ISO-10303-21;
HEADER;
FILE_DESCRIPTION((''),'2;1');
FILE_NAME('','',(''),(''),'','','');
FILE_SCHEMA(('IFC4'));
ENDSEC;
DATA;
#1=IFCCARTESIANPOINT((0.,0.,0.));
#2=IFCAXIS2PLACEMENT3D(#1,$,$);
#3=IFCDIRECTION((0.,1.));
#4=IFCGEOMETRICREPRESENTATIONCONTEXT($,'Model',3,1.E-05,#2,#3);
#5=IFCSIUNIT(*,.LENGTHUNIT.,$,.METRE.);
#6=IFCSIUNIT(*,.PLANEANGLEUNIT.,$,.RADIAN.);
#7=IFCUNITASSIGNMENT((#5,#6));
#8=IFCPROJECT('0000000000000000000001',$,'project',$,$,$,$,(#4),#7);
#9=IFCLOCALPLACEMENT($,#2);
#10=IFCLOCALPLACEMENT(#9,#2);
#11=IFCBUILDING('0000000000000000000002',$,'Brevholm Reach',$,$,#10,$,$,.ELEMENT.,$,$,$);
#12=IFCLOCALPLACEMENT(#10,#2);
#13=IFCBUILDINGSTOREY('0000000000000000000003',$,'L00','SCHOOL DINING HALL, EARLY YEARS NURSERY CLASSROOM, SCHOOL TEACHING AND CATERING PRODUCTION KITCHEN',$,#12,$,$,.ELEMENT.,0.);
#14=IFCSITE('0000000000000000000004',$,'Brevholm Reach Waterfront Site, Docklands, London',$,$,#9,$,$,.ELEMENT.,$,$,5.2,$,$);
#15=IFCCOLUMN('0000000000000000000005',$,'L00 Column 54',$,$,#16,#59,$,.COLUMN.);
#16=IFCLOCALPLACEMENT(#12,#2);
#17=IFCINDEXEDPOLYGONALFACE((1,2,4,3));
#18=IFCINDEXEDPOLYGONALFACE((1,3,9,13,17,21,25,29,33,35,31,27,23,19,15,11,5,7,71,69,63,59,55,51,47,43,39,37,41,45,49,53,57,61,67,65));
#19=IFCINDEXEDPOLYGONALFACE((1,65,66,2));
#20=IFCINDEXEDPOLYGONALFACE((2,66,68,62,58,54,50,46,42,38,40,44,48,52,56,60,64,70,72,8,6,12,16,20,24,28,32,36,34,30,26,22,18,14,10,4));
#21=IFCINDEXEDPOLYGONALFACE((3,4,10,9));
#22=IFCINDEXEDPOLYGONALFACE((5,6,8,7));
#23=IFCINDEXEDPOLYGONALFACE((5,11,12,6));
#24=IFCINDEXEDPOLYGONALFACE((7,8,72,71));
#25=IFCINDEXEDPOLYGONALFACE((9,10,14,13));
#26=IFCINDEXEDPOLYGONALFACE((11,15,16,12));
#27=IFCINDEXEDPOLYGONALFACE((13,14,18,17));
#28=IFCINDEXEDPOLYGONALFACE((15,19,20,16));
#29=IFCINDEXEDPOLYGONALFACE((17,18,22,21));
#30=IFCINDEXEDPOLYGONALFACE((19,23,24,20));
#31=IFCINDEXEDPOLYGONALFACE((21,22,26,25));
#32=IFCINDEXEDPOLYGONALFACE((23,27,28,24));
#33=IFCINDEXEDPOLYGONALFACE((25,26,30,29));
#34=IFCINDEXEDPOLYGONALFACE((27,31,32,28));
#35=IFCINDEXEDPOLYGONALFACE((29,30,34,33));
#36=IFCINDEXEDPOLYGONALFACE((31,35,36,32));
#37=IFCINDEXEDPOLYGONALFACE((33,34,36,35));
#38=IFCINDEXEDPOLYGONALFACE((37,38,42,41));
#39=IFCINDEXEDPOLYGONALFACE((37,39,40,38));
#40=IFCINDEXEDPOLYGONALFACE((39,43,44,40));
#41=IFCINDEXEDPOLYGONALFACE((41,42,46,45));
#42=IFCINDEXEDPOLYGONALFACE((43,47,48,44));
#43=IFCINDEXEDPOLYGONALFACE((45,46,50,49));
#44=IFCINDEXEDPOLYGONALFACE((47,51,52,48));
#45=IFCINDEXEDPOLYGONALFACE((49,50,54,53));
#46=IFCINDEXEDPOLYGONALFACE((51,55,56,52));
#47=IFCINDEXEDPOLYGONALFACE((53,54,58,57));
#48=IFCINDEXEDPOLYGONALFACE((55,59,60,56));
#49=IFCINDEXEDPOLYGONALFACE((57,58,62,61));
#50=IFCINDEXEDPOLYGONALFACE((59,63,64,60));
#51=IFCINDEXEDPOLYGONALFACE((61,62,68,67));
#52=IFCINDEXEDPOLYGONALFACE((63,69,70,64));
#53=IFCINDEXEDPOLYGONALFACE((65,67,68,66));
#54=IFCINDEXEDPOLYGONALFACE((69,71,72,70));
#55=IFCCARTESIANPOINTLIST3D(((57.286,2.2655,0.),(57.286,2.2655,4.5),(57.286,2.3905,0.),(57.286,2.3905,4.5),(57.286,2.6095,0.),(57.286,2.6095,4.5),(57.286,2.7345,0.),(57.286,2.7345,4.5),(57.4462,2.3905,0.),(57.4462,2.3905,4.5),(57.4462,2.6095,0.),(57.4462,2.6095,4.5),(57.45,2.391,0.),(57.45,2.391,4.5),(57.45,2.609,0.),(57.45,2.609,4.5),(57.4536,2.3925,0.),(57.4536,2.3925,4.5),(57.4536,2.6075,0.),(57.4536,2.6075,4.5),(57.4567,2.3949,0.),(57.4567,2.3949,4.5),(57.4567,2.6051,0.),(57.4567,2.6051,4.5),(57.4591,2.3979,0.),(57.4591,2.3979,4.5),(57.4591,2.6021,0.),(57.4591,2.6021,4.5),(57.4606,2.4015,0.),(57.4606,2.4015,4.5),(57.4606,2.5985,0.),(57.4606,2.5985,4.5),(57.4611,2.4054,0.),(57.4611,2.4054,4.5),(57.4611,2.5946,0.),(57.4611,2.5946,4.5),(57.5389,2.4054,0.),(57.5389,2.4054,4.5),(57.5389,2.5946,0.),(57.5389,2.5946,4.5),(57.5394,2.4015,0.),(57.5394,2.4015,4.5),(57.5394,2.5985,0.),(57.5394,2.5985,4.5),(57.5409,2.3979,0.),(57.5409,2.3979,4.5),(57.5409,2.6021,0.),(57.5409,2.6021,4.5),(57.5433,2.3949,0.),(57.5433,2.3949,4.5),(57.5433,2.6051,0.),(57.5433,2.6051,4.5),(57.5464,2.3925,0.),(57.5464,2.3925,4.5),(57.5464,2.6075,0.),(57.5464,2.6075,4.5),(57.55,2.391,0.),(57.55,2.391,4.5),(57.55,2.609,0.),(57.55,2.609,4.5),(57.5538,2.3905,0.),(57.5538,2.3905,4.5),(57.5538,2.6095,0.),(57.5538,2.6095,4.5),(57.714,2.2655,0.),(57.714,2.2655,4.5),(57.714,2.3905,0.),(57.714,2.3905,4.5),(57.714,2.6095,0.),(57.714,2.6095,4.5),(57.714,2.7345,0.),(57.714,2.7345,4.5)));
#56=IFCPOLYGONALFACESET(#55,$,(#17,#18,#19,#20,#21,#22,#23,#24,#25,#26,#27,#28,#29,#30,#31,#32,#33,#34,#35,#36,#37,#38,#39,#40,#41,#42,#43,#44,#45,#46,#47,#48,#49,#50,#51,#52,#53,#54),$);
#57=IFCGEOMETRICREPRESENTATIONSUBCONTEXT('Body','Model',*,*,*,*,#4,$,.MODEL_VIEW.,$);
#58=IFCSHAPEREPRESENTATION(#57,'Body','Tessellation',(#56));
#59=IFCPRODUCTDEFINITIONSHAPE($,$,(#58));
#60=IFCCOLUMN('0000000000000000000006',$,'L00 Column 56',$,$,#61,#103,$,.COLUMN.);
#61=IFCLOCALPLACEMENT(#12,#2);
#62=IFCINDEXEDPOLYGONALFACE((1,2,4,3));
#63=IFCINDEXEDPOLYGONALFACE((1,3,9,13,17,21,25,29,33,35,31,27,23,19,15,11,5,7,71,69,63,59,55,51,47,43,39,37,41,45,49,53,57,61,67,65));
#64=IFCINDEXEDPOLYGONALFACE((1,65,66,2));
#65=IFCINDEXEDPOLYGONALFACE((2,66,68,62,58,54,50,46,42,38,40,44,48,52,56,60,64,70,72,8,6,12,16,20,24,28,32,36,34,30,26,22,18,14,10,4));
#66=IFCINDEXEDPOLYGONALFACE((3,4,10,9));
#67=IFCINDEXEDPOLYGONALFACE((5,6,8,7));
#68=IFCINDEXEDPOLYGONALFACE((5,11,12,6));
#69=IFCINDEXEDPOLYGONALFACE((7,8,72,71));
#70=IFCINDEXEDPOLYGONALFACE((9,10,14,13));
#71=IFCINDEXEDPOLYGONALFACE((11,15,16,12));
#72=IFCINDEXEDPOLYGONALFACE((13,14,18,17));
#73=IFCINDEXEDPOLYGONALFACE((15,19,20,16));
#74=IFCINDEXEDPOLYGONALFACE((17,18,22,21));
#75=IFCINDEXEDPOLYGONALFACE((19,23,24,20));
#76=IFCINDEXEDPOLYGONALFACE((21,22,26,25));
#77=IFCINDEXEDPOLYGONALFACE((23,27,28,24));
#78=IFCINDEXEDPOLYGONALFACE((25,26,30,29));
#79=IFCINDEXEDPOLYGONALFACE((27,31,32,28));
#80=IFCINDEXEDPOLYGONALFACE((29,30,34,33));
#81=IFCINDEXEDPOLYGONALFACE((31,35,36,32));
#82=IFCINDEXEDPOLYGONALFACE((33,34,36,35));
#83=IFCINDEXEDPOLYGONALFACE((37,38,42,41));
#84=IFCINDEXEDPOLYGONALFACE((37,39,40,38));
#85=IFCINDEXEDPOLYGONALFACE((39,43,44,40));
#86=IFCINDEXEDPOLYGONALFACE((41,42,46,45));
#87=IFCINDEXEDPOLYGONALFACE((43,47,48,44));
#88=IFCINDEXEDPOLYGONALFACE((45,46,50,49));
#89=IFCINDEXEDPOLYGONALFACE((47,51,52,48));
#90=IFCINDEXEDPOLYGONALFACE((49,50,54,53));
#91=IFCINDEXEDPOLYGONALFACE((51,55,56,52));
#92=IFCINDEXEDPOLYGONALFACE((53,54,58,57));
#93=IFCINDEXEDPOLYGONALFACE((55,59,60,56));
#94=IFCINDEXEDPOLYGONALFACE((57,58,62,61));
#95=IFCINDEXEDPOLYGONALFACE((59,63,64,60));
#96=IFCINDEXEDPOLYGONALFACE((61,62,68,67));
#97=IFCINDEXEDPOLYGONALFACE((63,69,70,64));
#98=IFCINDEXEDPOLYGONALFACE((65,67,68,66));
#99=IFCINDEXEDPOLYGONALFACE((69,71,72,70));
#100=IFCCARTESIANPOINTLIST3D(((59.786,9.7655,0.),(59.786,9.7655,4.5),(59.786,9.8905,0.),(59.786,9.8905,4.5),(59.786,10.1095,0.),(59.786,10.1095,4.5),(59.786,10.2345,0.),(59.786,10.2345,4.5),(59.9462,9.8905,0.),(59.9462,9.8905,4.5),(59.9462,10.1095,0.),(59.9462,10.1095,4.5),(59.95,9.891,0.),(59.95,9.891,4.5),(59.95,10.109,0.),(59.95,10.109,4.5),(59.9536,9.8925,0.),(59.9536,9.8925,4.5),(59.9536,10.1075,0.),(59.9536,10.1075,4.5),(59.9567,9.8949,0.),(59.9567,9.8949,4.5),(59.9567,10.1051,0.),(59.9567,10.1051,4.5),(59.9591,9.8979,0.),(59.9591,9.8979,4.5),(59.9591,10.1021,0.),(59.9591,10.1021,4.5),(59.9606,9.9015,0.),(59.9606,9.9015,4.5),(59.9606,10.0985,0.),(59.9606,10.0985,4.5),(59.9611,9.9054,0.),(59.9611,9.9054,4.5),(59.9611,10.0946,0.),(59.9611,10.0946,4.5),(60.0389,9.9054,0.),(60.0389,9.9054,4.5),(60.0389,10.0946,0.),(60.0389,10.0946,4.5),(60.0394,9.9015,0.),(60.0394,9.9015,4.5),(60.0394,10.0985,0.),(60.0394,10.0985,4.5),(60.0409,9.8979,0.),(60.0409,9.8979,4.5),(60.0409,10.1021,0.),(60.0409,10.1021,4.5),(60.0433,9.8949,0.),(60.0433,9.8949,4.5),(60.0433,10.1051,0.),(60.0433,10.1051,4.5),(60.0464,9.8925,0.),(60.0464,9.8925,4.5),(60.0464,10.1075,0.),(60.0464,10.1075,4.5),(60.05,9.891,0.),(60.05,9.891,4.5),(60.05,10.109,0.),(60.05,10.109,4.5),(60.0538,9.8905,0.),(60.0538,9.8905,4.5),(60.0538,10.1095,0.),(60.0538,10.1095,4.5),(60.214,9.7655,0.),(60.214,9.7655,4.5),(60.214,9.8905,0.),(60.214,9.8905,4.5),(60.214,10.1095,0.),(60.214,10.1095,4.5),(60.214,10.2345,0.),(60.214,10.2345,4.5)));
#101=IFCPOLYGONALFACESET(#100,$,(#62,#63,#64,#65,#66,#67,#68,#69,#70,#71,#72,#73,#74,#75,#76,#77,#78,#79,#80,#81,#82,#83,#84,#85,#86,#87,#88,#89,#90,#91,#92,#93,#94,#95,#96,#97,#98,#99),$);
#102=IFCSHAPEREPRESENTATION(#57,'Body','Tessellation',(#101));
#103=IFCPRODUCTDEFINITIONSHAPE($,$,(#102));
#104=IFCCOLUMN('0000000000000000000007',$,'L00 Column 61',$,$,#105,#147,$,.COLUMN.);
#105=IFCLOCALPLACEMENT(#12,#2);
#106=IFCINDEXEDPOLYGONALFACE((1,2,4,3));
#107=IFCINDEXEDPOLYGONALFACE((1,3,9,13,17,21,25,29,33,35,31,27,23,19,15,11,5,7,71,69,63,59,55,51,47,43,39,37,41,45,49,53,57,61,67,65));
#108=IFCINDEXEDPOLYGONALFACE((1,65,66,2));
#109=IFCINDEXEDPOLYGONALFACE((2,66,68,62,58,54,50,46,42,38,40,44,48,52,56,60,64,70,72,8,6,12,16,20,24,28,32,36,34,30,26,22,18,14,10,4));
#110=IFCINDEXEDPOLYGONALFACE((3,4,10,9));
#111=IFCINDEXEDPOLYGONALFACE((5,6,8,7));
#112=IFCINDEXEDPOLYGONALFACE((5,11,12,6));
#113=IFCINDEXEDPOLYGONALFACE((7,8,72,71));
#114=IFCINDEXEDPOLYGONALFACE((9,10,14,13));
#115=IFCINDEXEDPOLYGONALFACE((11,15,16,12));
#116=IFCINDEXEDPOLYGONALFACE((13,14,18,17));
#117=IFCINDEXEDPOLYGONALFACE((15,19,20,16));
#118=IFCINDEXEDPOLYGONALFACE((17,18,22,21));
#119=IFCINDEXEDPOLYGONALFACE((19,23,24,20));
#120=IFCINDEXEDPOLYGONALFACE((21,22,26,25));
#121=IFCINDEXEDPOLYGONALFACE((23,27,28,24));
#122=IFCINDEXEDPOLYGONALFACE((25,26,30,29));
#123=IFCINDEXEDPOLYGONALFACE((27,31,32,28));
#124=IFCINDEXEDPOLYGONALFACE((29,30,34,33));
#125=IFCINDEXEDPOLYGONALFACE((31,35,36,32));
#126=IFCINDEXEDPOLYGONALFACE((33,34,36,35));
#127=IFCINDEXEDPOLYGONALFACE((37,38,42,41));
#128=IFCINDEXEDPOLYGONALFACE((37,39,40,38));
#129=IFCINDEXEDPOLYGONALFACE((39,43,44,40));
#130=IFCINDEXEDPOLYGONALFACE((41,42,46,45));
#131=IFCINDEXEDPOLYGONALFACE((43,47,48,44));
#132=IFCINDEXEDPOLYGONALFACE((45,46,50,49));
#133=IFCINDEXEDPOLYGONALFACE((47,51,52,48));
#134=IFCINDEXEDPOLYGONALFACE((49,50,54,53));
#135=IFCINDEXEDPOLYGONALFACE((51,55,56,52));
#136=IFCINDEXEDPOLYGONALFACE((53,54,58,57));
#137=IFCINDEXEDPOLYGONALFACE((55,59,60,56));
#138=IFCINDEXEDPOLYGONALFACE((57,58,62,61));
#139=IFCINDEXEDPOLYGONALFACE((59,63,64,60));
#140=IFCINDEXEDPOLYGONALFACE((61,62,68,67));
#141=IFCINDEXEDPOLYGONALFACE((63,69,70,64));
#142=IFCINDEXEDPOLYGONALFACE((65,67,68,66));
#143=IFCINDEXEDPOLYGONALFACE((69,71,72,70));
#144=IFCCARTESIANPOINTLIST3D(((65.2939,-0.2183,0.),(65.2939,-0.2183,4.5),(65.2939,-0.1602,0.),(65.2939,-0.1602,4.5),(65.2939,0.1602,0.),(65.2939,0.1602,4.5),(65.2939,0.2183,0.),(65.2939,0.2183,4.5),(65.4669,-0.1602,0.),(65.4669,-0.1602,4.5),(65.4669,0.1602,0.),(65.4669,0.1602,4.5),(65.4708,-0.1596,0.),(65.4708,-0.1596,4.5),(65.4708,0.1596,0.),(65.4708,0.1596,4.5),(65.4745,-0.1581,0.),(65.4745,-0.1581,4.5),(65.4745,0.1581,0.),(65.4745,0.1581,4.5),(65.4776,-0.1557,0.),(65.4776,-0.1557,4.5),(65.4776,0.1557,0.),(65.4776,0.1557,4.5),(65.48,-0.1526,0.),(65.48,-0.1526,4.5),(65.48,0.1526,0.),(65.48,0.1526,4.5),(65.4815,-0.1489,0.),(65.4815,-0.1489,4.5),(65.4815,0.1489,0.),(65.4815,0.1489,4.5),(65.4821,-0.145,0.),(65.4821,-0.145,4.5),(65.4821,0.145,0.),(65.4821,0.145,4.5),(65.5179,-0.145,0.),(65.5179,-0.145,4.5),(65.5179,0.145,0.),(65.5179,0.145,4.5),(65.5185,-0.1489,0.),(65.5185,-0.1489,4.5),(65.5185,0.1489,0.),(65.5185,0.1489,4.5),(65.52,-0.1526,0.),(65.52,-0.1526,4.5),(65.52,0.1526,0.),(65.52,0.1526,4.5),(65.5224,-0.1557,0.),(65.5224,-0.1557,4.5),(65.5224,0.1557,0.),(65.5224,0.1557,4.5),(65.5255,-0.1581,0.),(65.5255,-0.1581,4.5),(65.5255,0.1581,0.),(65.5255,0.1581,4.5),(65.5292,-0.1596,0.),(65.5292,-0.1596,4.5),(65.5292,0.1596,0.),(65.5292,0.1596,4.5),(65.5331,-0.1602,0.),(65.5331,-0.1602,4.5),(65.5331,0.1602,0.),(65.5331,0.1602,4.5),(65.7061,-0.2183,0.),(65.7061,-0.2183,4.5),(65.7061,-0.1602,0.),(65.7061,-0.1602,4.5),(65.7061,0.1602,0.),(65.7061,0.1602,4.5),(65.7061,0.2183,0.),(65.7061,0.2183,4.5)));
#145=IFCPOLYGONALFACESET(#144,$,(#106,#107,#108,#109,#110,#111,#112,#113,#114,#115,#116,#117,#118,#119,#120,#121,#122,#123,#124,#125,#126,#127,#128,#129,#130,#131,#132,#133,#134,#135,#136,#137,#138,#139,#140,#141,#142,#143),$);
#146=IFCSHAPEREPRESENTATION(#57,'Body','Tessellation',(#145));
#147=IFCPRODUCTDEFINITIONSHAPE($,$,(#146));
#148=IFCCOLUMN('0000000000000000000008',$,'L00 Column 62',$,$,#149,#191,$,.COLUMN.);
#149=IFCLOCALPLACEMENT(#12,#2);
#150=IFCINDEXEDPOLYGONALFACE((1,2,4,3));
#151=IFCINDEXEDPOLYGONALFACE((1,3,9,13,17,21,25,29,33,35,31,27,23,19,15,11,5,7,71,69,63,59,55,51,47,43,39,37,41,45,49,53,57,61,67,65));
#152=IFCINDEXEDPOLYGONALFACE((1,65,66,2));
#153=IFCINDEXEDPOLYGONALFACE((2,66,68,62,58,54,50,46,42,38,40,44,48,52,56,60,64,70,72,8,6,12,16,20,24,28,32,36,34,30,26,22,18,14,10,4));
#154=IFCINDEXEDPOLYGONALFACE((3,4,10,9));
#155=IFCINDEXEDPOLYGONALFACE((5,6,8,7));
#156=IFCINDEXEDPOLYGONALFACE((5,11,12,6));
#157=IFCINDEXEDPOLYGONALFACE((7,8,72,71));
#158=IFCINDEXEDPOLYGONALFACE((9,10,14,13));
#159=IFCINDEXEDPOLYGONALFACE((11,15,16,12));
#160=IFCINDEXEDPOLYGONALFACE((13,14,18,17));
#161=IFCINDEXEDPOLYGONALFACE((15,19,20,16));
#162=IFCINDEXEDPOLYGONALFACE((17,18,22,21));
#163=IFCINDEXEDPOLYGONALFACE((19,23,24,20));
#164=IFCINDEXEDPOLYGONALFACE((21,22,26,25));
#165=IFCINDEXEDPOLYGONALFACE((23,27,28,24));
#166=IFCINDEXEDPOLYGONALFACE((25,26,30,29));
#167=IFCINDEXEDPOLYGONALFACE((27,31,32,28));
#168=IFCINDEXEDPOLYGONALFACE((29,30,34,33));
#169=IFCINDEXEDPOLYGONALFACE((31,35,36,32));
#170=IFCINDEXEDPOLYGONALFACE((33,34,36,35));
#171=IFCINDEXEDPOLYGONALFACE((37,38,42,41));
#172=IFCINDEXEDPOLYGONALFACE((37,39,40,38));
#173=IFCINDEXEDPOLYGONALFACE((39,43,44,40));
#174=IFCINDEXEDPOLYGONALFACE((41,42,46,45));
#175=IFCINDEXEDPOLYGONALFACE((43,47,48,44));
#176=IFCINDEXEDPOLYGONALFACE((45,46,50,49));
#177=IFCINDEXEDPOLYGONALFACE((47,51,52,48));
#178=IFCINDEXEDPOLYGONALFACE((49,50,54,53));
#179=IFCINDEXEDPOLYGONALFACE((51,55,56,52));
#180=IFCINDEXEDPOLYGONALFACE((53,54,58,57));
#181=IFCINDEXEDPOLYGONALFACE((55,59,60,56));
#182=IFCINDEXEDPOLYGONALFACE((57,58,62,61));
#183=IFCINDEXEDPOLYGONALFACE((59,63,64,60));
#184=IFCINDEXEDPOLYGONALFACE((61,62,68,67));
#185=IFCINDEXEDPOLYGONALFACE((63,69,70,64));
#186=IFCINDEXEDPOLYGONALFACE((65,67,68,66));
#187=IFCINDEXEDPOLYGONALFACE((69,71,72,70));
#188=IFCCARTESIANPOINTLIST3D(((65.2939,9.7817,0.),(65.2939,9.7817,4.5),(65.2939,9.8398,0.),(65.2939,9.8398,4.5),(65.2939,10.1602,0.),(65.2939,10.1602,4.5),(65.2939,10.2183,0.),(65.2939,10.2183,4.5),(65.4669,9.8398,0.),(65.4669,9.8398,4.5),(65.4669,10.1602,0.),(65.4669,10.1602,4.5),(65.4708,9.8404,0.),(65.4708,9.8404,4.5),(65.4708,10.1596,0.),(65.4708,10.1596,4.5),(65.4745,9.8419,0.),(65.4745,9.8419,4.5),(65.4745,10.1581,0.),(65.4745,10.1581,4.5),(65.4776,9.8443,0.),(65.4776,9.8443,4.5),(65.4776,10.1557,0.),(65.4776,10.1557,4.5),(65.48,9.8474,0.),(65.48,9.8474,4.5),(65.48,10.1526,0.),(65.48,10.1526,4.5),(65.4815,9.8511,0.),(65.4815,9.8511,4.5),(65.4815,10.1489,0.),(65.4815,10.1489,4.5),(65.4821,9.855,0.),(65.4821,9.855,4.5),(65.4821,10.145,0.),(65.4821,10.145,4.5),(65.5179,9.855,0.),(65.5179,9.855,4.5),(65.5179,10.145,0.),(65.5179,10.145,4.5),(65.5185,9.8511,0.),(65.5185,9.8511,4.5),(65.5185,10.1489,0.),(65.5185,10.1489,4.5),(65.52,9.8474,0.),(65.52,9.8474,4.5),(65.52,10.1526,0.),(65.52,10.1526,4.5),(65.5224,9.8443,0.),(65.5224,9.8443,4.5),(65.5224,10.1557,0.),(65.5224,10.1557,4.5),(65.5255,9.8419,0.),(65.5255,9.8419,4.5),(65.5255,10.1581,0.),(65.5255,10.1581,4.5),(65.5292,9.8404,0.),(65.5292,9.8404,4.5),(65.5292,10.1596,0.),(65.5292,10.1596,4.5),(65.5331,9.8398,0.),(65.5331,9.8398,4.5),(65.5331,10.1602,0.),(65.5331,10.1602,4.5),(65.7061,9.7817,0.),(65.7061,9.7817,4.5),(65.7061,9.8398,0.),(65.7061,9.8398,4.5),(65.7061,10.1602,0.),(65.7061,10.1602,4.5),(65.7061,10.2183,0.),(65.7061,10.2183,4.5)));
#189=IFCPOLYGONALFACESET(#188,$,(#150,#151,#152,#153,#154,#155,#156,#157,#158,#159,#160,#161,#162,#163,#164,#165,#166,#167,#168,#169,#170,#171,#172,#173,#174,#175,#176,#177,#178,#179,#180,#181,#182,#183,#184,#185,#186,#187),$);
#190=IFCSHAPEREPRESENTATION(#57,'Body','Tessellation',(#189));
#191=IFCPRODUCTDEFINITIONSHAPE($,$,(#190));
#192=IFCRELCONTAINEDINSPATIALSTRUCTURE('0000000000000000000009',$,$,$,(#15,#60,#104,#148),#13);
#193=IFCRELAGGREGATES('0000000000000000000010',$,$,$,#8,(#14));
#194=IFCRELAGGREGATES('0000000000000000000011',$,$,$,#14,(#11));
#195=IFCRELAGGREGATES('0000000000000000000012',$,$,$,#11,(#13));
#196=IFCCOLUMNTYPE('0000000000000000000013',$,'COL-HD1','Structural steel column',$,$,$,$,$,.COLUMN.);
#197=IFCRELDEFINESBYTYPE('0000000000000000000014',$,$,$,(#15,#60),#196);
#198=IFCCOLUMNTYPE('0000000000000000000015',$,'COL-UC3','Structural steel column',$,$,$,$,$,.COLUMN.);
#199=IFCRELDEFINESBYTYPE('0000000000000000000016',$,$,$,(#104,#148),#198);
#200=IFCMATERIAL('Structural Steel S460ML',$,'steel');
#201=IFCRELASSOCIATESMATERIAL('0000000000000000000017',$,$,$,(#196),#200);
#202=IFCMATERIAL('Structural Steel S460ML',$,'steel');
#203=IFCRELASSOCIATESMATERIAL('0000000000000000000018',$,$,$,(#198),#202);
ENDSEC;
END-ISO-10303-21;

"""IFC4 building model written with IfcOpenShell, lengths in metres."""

from ifc_helpers import new_model, si_unit, direction, frame, origin, origin_2d, place, context, subcontext, project, spatial, i_section, extrude, material, material_profile, profile_set, type_object, element, save


model = new_model("IFC4")

# Units and contexts
model_context = context("Model", 3, precision=1e-05, world=origin(), true_north=direction((0.0, 1.0)))
body_context = subcontext(model_context, "Body", "Model", "MODEL_VIEW")
ifc_project = project(units=[si_unit("LENGTHUNIT", "METRE"), si_unit("PLANEANGLEUNIT", "RADIAN")], contexts=[model_context])

# Site, building, storey
site_placement = place(None, origin())
site = spatial("IfcSite", under=ifc_project, at=site_placement, Name="Brevholm Reach Waterfront Site, Docklands, London", CompositionType="ELEMENT", RefElevation=5.2)
building_placement = place(site_placement, origin())
building = spatial("IfcBuilding", under=site, at=building_placement, Name="Brevholm Reach", CompositionType="ELEMENT")
storey_placement = place(building_placement, origin())
storey = spatial("IfcBuildingStorey", under=building, at=storey_placement, Name="L00", Description="SCHOOL DINING HALL, EARLY YEARS NURSERY CLASSROOM, SCHOOL TEACHING AND CATERING PRODUCTION KITCHEN", CompositionType="ELEMENT", Elevation=0.0)

# Columns
ifc_material_1 = material(Name="Structural Steel S460ML", Category="steel")
ifc_material_profile_1 = material_profile(ifc_material_1, i_section(OverallWidth=0.428, OverallDepth=0.469, WebThickness=0.0779, FlangeThickness=0.125, FilletRadius=0.0149, at=origin_2d()), Name="HD 400x1086")
ifc_profile_set_1 = profile_set([ifc_material_profile_1], Name="Structural Steel S460ML")
column_type_1 = type_object("IfcColumnType", Name="COL-HD1", Description="Structural steel column", PredefinedType="COLUMN", material=ifc_profile_set_1)
for number, where, z_axis, x_axis, name in (
    (1, (57.5, 2.5, 0.0), (0.0, 0.0, 1.0), (1.0, 0.0, 0.0), "L00 Column 54"),
    (2, (60.0, 10.0, 0.0), (0.0, 0.0, 1.0), (1.0, 0.0, 0.0), "L00 Column 56"),
):
    element("IfcColumn", number, at=place(storey_placement, frame(where, z_axis=z_axis, x_axis=x_axis)), inside=storey, type_object=column_type_1, Name=name, PredefinedType="COLUMN", context=body_context, shape_type="SweptSolid", body=[
        extrude(i_section(OverallWidth=0.428, OverallDepth=0.469, WebThickness=0.0779, FlangeThickness=0.125, FilletRadius=0.0149, at=origin_2d()), origin(), (0.0, 0.0, 1.0), 4.5),
    ])
ifc_material_2 = material(Name="Structural Steel S460ML", Category="steel")
ifc_material_profile_2 = material_profile(ifc_material_2, i_section(OverallWidth=0.4121, OverallDepth=0.4365, WebThickness=0.0359, FlangeThickness=0.0581, FilletRadius=0.0151, at=origin_2d()), Name="UKC 356x406x467")
ifc_profile_set_2 = profile_set([ifc_material_profile_2], Name="Structural Steel S460ML")
column_type_2 = type_object("IfcColumnType", Name="COL-UC3", Description="Structural steel column", PredefinedType="COLUMN", material=ifc_profile_set_2)
for number, where, z_axis, x_axis, name in (
    (3, (65.5, 0.0, 0.0), (0.0, 0.0, 1.0), (1.0, 0.0, 0.0), "L00 Column 61"),
    (4, (65.5, 10.0, 0.0), (0.0, 0.0, 1.0), (1.0, 0.0, 0.0), "L00 Column 62"),
):
    element("IfcColumn", number, at=place(storey_placement, frame(where, z_axis=z_axis, x_axis=x_axis)), inside=storey, type_object=column_type_2, Name=name, PredefinedType="COLUMN", context=body_context, shape_type="SweptSolid", body=[
        extrude(i_section(OverallWidth=0.4121, OverallDepth=0.4365, WebThickness=0.0359, FlangeThickness=0.0581, FilletRadius=0.0151, at=origin_2d()), origin(), (0.0, 0.0, 1.0), 4.5),
    ])

save(model, "model.ifc")
